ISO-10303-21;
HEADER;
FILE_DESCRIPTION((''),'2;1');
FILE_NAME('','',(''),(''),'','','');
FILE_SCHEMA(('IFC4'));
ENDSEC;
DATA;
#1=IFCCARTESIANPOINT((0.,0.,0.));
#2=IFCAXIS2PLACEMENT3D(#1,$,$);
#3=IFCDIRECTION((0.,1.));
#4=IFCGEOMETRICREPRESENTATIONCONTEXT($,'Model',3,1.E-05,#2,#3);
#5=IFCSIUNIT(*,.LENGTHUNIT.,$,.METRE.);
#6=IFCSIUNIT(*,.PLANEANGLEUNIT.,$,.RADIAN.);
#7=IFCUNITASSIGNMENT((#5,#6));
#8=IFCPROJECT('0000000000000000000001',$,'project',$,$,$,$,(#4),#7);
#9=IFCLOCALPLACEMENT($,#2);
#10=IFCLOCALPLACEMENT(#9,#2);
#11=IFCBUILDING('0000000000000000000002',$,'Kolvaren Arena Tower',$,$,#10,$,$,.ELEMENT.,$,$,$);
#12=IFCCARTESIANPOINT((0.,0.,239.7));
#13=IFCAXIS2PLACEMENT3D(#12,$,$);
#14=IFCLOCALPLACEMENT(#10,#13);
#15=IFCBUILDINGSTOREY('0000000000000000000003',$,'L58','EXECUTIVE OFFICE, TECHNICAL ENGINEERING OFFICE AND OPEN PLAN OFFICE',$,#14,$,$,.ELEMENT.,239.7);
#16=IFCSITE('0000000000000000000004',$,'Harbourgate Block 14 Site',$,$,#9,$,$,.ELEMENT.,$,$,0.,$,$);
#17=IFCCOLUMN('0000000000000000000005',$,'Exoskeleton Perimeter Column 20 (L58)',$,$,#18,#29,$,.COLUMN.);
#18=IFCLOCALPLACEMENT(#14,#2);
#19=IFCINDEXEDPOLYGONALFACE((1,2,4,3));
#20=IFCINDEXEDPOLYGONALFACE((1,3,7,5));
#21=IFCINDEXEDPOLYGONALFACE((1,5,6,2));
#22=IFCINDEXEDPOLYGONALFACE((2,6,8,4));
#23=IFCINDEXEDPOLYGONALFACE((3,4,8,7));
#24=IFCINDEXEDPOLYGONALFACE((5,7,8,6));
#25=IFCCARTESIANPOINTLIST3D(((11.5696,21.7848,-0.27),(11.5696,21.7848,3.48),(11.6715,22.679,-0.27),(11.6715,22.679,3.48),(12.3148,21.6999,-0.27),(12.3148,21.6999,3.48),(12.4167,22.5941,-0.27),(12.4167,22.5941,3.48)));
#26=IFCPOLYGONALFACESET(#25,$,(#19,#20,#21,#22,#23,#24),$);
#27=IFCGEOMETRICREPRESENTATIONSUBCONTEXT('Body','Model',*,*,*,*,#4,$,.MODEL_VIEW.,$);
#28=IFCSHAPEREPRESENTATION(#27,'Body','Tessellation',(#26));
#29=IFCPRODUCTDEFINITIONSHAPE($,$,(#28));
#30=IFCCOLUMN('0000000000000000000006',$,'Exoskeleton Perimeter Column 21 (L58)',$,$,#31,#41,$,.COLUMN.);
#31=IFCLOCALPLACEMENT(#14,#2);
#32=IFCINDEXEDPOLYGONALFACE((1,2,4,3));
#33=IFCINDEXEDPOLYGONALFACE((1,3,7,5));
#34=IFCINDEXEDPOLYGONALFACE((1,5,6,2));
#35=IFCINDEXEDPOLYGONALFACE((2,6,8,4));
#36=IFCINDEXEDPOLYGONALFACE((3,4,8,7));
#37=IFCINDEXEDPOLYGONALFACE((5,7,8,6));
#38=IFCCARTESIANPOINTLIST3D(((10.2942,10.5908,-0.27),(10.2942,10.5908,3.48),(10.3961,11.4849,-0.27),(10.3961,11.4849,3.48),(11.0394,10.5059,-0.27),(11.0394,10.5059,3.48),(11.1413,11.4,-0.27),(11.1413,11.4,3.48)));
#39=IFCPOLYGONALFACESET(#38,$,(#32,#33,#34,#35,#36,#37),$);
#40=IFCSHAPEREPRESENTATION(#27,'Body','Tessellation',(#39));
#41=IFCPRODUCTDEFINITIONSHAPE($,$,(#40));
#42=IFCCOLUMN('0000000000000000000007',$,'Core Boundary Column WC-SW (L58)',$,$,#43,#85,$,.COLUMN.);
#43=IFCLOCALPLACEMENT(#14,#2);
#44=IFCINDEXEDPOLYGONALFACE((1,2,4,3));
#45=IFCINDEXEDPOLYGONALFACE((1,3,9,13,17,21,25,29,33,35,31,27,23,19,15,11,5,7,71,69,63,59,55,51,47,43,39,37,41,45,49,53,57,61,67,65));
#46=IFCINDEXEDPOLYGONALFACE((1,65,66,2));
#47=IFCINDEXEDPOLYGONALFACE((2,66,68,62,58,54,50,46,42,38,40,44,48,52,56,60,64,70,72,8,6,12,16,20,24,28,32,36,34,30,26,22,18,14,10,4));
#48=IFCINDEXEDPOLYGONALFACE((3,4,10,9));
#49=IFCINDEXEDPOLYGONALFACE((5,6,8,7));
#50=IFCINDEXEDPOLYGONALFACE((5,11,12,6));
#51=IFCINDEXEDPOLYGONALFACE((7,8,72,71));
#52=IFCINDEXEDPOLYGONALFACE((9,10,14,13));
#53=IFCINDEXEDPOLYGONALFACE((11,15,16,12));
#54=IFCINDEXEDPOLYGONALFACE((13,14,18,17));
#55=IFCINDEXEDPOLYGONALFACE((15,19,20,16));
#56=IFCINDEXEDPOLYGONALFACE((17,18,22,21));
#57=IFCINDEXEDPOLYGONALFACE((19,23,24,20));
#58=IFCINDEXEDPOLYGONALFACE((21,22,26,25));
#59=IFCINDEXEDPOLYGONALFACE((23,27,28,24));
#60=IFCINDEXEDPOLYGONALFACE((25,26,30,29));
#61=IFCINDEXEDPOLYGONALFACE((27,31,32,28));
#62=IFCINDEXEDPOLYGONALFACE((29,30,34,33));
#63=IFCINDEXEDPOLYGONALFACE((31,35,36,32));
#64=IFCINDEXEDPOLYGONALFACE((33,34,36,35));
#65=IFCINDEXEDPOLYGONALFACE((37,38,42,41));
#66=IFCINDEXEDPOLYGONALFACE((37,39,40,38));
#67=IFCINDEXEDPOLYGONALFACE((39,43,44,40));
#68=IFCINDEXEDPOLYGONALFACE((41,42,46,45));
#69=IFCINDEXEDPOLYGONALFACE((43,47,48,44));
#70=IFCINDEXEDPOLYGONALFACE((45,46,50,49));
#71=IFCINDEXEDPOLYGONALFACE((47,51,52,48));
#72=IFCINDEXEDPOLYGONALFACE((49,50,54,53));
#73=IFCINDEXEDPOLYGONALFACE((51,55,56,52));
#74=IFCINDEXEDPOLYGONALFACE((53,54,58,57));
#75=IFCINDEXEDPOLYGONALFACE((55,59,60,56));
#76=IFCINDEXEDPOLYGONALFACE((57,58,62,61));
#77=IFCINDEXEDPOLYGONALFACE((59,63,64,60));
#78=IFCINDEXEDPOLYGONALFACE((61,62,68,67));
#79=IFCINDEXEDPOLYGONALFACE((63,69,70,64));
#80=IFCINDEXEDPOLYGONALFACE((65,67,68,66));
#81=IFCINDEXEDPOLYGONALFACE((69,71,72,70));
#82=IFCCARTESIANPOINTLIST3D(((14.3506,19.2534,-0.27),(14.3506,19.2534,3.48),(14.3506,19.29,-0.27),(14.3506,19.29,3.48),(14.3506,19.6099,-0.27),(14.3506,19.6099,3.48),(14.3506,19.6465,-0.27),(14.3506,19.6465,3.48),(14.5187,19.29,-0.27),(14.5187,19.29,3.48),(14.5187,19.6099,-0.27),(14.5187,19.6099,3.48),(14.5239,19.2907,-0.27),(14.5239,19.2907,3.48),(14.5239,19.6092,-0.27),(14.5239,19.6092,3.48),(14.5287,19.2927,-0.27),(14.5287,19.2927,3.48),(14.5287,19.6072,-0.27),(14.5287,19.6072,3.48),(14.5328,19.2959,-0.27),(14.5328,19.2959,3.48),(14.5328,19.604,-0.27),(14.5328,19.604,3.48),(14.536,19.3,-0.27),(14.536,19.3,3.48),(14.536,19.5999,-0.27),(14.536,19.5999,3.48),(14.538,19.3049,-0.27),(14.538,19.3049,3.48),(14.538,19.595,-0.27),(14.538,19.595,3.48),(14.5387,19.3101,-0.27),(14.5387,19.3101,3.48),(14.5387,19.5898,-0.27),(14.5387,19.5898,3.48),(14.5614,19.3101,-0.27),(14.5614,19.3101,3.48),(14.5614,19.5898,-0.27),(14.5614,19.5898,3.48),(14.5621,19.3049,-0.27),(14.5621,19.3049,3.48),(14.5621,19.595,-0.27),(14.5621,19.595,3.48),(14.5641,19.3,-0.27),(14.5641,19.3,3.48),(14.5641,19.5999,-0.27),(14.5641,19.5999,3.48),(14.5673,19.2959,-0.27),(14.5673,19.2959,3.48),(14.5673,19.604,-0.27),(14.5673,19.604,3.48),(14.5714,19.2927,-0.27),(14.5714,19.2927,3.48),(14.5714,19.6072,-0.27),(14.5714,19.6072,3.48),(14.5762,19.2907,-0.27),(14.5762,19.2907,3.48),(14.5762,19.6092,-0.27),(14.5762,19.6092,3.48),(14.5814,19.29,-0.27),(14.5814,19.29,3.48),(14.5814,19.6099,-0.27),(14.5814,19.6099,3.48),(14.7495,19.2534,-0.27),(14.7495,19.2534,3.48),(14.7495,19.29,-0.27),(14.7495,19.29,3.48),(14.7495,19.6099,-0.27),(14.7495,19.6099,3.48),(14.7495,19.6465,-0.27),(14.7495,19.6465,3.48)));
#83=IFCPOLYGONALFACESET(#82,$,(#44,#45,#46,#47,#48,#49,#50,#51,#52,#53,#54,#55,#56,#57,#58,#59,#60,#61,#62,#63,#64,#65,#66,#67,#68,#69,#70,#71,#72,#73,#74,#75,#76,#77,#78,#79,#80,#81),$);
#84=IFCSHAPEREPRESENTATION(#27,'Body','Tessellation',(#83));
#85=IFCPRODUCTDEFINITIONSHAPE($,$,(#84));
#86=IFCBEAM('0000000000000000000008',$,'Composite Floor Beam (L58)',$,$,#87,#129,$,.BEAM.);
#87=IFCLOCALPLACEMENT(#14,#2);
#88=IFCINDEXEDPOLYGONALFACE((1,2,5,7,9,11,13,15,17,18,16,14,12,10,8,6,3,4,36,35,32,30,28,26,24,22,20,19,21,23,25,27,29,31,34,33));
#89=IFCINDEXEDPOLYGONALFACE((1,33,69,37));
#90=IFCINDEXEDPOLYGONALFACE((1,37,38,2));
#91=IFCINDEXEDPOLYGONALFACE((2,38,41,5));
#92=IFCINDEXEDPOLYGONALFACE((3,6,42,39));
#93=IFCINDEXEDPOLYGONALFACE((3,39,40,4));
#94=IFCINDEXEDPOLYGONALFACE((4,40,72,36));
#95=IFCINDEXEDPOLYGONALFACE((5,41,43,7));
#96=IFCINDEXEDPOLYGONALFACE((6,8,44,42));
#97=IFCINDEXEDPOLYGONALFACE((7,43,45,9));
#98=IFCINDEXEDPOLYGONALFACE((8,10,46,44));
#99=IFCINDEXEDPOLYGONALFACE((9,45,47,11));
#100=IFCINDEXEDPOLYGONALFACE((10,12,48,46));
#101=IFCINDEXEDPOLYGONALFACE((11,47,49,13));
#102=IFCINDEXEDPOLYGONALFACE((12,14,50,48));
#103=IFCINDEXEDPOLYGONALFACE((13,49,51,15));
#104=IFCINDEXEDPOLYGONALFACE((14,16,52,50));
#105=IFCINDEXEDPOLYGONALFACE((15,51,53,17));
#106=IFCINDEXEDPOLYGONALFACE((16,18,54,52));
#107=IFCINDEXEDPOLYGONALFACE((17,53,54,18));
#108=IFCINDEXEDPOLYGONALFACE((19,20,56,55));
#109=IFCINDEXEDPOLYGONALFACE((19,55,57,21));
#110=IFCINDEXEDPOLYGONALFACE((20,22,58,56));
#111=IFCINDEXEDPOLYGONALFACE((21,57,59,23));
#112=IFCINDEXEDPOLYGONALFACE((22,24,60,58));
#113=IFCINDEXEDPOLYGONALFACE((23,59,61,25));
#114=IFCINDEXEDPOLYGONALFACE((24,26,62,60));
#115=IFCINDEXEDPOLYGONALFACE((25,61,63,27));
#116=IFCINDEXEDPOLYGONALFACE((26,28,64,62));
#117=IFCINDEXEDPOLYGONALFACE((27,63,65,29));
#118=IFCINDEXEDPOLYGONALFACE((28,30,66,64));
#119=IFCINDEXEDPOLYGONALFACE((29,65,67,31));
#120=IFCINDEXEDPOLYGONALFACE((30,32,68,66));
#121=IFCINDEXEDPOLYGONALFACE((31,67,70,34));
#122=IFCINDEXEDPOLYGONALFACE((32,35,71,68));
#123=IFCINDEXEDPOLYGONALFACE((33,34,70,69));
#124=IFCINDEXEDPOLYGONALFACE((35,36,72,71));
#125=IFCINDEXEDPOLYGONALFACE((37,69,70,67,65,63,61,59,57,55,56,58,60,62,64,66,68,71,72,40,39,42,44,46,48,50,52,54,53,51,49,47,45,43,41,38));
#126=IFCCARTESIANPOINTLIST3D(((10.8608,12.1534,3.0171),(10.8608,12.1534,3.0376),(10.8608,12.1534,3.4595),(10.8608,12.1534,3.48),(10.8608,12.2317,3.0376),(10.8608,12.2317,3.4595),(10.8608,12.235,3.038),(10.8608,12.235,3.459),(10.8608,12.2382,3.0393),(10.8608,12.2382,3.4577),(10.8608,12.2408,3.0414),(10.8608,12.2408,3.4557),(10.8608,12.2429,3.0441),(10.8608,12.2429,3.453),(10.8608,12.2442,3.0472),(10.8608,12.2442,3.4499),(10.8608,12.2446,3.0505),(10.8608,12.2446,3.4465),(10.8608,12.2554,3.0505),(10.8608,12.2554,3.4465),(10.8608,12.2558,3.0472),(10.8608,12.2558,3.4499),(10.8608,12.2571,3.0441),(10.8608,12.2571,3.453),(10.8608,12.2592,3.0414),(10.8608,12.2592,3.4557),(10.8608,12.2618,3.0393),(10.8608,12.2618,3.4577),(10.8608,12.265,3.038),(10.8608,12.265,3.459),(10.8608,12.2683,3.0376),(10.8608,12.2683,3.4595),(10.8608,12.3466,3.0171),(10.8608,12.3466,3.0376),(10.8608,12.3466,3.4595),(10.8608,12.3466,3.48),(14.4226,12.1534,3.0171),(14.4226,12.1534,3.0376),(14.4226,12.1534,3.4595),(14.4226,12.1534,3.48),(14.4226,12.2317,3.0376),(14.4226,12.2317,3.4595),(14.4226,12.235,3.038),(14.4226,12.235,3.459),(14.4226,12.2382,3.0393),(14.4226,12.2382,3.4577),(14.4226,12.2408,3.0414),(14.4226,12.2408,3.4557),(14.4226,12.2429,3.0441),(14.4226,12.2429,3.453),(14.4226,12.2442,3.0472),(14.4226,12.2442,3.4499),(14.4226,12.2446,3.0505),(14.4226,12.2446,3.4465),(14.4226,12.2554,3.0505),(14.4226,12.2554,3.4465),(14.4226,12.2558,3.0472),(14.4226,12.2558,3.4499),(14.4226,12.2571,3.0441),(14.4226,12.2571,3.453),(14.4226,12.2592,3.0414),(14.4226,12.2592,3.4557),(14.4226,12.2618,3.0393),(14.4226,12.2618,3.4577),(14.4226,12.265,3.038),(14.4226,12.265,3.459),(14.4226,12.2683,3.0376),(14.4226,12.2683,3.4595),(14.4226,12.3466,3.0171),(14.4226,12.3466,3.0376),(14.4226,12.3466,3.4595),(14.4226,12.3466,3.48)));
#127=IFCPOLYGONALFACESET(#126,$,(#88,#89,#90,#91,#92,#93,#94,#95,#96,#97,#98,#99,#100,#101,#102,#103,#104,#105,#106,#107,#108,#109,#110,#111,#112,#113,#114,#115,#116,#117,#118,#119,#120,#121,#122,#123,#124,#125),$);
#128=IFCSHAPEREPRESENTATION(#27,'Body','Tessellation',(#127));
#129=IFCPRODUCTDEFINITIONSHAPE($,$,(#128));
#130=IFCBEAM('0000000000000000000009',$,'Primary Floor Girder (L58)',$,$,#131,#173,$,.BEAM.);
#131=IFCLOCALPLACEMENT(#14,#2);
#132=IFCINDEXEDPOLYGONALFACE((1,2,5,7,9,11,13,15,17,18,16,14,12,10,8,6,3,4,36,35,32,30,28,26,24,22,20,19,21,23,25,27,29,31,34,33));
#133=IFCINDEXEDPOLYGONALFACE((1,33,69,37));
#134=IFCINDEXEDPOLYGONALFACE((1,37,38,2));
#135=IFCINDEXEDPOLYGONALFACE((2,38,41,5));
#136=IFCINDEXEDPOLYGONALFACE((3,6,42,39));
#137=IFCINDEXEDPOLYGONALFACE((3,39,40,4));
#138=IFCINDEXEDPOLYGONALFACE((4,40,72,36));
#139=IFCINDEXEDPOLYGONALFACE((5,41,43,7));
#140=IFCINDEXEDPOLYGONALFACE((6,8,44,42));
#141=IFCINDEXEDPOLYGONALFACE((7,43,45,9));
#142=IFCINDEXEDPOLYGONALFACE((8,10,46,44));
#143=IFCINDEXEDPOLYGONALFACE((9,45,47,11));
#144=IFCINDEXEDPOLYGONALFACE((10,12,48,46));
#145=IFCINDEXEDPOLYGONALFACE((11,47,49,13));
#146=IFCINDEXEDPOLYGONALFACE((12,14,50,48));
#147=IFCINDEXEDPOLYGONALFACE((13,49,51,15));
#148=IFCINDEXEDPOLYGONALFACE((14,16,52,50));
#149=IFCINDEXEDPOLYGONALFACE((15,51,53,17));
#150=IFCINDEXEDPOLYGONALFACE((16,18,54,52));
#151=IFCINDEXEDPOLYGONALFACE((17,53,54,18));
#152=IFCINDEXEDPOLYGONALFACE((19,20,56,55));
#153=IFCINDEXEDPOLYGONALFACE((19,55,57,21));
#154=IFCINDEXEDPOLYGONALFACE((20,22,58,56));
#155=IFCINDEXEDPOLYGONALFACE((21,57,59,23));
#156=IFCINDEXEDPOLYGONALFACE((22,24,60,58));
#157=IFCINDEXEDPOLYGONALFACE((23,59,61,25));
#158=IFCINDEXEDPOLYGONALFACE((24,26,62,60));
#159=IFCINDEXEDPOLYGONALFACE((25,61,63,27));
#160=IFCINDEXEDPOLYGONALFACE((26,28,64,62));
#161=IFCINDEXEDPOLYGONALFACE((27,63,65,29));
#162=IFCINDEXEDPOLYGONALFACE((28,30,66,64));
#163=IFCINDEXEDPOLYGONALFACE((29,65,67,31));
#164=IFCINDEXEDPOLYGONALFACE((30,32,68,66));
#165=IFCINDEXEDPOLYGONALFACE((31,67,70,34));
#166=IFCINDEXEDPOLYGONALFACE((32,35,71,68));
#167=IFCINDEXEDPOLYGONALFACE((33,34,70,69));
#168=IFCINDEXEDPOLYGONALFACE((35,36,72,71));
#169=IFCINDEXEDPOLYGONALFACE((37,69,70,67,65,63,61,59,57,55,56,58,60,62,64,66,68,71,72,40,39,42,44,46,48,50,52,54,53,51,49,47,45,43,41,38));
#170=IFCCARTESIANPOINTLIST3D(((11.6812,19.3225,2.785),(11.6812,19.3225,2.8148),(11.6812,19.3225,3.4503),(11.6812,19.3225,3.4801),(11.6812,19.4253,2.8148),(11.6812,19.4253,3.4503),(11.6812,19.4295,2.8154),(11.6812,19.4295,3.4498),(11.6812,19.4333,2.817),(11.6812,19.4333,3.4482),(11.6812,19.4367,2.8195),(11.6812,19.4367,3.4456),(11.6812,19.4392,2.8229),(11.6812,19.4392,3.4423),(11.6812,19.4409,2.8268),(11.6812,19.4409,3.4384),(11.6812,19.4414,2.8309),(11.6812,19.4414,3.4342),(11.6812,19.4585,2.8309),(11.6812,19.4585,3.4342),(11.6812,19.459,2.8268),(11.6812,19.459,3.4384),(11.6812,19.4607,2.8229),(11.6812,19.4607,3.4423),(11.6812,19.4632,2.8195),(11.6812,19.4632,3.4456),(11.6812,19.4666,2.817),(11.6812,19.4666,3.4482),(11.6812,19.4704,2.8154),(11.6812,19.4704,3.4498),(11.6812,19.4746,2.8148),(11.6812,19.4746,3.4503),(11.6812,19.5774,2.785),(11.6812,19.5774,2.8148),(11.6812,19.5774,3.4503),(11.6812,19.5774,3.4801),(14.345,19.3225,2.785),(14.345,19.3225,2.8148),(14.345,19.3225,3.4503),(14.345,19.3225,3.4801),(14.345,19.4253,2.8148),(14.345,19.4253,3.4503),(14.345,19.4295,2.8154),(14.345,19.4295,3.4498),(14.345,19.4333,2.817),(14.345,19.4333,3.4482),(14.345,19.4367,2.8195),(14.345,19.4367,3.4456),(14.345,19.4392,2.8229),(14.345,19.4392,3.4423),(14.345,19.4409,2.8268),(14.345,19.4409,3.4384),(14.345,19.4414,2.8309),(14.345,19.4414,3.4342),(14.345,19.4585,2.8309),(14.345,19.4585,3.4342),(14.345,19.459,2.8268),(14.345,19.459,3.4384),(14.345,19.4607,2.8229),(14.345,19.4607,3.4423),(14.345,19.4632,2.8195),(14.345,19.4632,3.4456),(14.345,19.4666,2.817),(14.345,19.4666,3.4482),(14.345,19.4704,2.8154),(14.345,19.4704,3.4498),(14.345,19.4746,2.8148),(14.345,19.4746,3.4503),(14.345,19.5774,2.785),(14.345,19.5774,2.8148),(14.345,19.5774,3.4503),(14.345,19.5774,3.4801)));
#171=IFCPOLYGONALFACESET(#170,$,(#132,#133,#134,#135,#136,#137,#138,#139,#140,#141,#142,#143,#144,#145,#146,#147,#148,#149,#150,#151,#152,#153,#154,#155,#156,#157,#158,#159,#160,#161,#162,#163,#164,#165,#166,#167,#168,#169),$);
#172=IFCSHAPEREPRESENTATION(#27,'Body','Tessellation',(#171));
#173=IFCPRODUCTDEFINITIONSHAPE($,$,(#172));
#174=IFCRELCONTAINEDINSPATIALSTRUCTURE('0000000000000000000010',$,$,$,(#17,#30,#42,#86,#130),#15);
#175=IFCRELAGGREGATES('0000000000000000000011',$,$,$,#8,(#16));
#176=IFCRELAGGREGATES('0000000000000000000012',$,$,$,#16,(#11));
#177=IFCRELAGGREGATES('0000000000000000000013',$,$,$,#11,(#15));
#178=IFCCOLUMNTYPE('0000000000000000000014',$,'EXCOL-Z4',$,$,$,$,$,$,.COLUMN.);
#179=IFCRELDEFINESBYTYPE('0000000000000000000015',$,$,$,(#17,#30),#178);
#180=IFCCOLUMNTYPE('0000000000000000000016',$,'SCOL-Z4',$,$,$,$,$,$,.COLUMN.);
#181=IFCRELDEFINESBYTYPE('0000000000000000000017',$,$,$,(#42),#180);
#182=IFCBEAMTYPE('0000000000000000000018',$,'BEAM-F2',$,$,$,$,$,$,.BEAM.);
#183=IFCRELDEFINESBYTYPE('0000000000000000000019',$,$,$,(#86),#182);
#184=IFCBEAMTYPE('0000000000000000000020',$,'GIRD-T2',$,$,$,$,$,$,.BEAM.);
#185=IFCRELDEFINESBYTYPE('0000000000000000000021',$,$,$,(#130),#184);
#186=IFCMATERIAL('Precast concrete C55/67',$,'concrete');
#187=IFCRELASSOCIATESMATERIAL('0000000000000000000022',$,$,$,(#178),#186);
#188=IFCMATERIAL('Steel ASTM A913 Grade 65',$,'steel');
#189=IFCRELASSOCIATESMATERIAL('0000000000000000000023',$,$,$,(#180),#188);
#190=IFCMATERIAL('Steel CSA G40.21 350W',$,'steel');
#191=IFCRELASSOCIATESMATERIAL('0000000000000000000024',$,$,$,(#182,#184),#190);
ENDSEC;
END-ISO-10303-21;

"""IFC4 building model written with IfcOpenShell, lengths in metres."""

from ifc_helpers import new_model, si_unit, direction, frame, origin, origin_2d, place, context, subcontext, project, spatial, rectangle, i_section, extrude, material, material_profile, profile_set, type_object, element, save


model = new_model("IFC4")

# Units and contexts
model_context = context("Model", 3, precision=1e-05, world=origin(), true_north=direction((0.0, 1.0)))
body_context = subcontext(model_context, "Body", "Model", "MODEL_VIEW")
ifc_project = project(units=[si_unit("LENGTHUNIT", "METRE"), si_unit("PLANEANGLEUNIT", "RADIAN")], contexts=[model_context])

# Site, building, storey
site_placement = place(None, origin())
site = spatial("IfcSite", under=ifc_project, at=site_placement, Name="Harbourgate Block 14 Site", CompositionType="ELEMENT", RefElevation=0.0)
building_placement = place(site_placement, origin())
building = spatial("IfcBuilding", under=site, at=building_placement, Name="Kolvaren Arena Tower", CompositionType="ELEMENT")
storey_placement = place(building_placement, frame((0.0, 0.0, 239.7)))
storey = spatial("IfcBuildingStorey", under=building, at=storey_placement, Name="L58", Description="EXECUTIVE OFFICE, TECHNICAL ENGINEERING OFFICE AND OPEN PLAN OFFICE", CompositionType="ELEMENT", Elevation=239.7)

# Columns
ifc_material_1 = material(Name="Precast concrete C55/67", Category="concrete")
ifc_material_profile_1 = material_profile(ifc_material_1, rectangle(XDim=0.8999, YDim=0.75, at=origin_2d()), Name="RC-900x750")
ifc_profile_set_1 = profile_set([ifc_material_profile_1], Name="Precast concrete C55/67")
column_type_1 = type_object("IfcColumnType", Name="EXCOL-Z4", PredefinedType="COLUMN", material=ifc_profile_set_1)
for number, where, z_axis, x_axis, name in (
    (1, (11.9932, 22.1895, -0.27), (0.0, 0.0, 1.0), (0.113203, 0.993572, 0.0), "Exoskeleton Perimeter Column 20 (L58)"),
    (2, (10.7178, 10.9954, -0.27), (0.0, 0.0, 1.0), (0.113203, 0.993572, 0.0), "Exoskeleton Perimeter Column 21 (L58)"),
):
    element("IfcColumn", number, at=place(storey_placement, frame(where, z_axis=z_axis, x_axis=x_axis)), inside=storey, type_object=column_type_1, Name=name, PredefinedType="COLUMN", context=body_context, shape_type="SweptSolid", body=[
        extrude(rectangle(XDim=0.8999, YDim=0.75, at=origin_2d()), origin(), (0.0, 0.0, 1.0), 3.75),
    ])
ifc_material_2 = material(Name="Steel ASTM A913 Grade 65", Category="steel")
ifc_material_profile_2 = material_profile(ifc_material_2, i_section(OverallWidth=0.3989, OverallDepth=0.3931, WebThickness=0.0227, FlangeThickness=0.0366, FilletRadius=0.02, at=origin_2d()), Name="W360x287")
ifc_profile_set_2 = profile_set([ifc_material_profile_2], Name="Steel ASTM A913 Grade 65")
column_type_2 = type_object("IfcColumnType", Name="SCOL-Z4", PredefinedType="COLUMN", material=ifc_profile_set_2)
column_placement = place(storey_placement, frame((14.55, 19.45, -0.27), z_axis=(0.0, 0.0, 1.0), x_axis=(1.0, 0.0, 0.0)))
element("IfcColumn", 3, at=column_placement, inside=storey, type_object=column_type_2, Name="Core Boundary Column WC-SW (L58)", PredefinedType="COLUMN", context=body_context, shape_type="SweptSolid", body=[
    extrude(i_section(OverallWidth=0.3989, OverallDepth=0.3931, WebThickness=0.0227, FlangeThickness=0.0366, FilletRadius=0.02, at=origin_2d()), origin(), (0.0, 0.0, 1.0), 3.75),
])

# Beams
ifc_material_3 = material(Name="Steel CSA G40.21 350W", Category="steel")
ifc_material_profile_3 = material_profile(ifc_material_3, i_section(OverallWidth=0.1931, OverallDepth=0.4629, WebThickness=0.0107, FlangeThickness=0.0205, FilletRadius=0.0129, at=origin_2d()), Name="W460x113")
ifc_profile_set_3 = profile_set([ifc_material_profile_3], Name="Steel CSA G40.21 350W")
beam_type_1 = type_object("IfcBeamType", Name="BEAM-F2", PredefinedType="BEAM", material=ifc_profile_set_3)
beam_1_placement = place(storey_placement, frame((10.8608, 12.25, 3.2485), z_axis=(1.0, 0.0, 0.0), x_axis=(0.0, 1.0, 0.0)))
element("IfcBeam", 4, at=beam_1_placement, inside=storey, type_object=beam_type_1, Name="Composite Floor Beam (L58)", PredefinedType="BEAM", context=body_context, shape_type="SweptSolid", body=[
    extrude(i_section(OverallWidth=0.1931, OverallDepth=0.4629, WebThickness=0.0107, FlangeThickness=0.0205, FilletRadius=0.0129, at=origin_2d()), origin(), (0.0, 0.0, 1.0), 3.5618),
])
ifc_material_profile_4 = material_profile(ifc_material_3, i_section(OverallWidth=0.2549, OverallDepth=0.6951, WebThickness=0.0171, FlangeThickness=0.0298, FilletRadius=0.0161, at=origin_2d()), Name="W690x217")
ifc_profile_set_4 = profile_set([ifc_material_profile_4], Name="Steel CSA G40.21 350W")
beam_type_2 = type_object("IfcBeamType", Name="GIRD-T2", PredefinedType="BEAM", material=ifc_profile_set_4)
beam_2_placement = place(storey_placement, frame((11.6812, 19.45, 3.1326), z_axis=(1.0, 0.0, 0.0), x_axis=(0.0, 1.0, 0.0)))
element("IfcBeam", 5, at=beam_2_placement, inside=storey, type_object=beam_type_2, Name="Primary Floor Girder (L58)", PredefinedType="BEAM", context=body_context, shape_type="SweptSolid", body=[
    extrude(i_section(OverallWidth=0.2549, OverallDepth=0.6951, WebThickness=0.0171, FlangeThickness=0.0298, FilletRadius=0.0161, at=origin_2d()), origin(), (0.0, 0.0, 1.0), 2.6638),
])

save(model, "model.ifc")
